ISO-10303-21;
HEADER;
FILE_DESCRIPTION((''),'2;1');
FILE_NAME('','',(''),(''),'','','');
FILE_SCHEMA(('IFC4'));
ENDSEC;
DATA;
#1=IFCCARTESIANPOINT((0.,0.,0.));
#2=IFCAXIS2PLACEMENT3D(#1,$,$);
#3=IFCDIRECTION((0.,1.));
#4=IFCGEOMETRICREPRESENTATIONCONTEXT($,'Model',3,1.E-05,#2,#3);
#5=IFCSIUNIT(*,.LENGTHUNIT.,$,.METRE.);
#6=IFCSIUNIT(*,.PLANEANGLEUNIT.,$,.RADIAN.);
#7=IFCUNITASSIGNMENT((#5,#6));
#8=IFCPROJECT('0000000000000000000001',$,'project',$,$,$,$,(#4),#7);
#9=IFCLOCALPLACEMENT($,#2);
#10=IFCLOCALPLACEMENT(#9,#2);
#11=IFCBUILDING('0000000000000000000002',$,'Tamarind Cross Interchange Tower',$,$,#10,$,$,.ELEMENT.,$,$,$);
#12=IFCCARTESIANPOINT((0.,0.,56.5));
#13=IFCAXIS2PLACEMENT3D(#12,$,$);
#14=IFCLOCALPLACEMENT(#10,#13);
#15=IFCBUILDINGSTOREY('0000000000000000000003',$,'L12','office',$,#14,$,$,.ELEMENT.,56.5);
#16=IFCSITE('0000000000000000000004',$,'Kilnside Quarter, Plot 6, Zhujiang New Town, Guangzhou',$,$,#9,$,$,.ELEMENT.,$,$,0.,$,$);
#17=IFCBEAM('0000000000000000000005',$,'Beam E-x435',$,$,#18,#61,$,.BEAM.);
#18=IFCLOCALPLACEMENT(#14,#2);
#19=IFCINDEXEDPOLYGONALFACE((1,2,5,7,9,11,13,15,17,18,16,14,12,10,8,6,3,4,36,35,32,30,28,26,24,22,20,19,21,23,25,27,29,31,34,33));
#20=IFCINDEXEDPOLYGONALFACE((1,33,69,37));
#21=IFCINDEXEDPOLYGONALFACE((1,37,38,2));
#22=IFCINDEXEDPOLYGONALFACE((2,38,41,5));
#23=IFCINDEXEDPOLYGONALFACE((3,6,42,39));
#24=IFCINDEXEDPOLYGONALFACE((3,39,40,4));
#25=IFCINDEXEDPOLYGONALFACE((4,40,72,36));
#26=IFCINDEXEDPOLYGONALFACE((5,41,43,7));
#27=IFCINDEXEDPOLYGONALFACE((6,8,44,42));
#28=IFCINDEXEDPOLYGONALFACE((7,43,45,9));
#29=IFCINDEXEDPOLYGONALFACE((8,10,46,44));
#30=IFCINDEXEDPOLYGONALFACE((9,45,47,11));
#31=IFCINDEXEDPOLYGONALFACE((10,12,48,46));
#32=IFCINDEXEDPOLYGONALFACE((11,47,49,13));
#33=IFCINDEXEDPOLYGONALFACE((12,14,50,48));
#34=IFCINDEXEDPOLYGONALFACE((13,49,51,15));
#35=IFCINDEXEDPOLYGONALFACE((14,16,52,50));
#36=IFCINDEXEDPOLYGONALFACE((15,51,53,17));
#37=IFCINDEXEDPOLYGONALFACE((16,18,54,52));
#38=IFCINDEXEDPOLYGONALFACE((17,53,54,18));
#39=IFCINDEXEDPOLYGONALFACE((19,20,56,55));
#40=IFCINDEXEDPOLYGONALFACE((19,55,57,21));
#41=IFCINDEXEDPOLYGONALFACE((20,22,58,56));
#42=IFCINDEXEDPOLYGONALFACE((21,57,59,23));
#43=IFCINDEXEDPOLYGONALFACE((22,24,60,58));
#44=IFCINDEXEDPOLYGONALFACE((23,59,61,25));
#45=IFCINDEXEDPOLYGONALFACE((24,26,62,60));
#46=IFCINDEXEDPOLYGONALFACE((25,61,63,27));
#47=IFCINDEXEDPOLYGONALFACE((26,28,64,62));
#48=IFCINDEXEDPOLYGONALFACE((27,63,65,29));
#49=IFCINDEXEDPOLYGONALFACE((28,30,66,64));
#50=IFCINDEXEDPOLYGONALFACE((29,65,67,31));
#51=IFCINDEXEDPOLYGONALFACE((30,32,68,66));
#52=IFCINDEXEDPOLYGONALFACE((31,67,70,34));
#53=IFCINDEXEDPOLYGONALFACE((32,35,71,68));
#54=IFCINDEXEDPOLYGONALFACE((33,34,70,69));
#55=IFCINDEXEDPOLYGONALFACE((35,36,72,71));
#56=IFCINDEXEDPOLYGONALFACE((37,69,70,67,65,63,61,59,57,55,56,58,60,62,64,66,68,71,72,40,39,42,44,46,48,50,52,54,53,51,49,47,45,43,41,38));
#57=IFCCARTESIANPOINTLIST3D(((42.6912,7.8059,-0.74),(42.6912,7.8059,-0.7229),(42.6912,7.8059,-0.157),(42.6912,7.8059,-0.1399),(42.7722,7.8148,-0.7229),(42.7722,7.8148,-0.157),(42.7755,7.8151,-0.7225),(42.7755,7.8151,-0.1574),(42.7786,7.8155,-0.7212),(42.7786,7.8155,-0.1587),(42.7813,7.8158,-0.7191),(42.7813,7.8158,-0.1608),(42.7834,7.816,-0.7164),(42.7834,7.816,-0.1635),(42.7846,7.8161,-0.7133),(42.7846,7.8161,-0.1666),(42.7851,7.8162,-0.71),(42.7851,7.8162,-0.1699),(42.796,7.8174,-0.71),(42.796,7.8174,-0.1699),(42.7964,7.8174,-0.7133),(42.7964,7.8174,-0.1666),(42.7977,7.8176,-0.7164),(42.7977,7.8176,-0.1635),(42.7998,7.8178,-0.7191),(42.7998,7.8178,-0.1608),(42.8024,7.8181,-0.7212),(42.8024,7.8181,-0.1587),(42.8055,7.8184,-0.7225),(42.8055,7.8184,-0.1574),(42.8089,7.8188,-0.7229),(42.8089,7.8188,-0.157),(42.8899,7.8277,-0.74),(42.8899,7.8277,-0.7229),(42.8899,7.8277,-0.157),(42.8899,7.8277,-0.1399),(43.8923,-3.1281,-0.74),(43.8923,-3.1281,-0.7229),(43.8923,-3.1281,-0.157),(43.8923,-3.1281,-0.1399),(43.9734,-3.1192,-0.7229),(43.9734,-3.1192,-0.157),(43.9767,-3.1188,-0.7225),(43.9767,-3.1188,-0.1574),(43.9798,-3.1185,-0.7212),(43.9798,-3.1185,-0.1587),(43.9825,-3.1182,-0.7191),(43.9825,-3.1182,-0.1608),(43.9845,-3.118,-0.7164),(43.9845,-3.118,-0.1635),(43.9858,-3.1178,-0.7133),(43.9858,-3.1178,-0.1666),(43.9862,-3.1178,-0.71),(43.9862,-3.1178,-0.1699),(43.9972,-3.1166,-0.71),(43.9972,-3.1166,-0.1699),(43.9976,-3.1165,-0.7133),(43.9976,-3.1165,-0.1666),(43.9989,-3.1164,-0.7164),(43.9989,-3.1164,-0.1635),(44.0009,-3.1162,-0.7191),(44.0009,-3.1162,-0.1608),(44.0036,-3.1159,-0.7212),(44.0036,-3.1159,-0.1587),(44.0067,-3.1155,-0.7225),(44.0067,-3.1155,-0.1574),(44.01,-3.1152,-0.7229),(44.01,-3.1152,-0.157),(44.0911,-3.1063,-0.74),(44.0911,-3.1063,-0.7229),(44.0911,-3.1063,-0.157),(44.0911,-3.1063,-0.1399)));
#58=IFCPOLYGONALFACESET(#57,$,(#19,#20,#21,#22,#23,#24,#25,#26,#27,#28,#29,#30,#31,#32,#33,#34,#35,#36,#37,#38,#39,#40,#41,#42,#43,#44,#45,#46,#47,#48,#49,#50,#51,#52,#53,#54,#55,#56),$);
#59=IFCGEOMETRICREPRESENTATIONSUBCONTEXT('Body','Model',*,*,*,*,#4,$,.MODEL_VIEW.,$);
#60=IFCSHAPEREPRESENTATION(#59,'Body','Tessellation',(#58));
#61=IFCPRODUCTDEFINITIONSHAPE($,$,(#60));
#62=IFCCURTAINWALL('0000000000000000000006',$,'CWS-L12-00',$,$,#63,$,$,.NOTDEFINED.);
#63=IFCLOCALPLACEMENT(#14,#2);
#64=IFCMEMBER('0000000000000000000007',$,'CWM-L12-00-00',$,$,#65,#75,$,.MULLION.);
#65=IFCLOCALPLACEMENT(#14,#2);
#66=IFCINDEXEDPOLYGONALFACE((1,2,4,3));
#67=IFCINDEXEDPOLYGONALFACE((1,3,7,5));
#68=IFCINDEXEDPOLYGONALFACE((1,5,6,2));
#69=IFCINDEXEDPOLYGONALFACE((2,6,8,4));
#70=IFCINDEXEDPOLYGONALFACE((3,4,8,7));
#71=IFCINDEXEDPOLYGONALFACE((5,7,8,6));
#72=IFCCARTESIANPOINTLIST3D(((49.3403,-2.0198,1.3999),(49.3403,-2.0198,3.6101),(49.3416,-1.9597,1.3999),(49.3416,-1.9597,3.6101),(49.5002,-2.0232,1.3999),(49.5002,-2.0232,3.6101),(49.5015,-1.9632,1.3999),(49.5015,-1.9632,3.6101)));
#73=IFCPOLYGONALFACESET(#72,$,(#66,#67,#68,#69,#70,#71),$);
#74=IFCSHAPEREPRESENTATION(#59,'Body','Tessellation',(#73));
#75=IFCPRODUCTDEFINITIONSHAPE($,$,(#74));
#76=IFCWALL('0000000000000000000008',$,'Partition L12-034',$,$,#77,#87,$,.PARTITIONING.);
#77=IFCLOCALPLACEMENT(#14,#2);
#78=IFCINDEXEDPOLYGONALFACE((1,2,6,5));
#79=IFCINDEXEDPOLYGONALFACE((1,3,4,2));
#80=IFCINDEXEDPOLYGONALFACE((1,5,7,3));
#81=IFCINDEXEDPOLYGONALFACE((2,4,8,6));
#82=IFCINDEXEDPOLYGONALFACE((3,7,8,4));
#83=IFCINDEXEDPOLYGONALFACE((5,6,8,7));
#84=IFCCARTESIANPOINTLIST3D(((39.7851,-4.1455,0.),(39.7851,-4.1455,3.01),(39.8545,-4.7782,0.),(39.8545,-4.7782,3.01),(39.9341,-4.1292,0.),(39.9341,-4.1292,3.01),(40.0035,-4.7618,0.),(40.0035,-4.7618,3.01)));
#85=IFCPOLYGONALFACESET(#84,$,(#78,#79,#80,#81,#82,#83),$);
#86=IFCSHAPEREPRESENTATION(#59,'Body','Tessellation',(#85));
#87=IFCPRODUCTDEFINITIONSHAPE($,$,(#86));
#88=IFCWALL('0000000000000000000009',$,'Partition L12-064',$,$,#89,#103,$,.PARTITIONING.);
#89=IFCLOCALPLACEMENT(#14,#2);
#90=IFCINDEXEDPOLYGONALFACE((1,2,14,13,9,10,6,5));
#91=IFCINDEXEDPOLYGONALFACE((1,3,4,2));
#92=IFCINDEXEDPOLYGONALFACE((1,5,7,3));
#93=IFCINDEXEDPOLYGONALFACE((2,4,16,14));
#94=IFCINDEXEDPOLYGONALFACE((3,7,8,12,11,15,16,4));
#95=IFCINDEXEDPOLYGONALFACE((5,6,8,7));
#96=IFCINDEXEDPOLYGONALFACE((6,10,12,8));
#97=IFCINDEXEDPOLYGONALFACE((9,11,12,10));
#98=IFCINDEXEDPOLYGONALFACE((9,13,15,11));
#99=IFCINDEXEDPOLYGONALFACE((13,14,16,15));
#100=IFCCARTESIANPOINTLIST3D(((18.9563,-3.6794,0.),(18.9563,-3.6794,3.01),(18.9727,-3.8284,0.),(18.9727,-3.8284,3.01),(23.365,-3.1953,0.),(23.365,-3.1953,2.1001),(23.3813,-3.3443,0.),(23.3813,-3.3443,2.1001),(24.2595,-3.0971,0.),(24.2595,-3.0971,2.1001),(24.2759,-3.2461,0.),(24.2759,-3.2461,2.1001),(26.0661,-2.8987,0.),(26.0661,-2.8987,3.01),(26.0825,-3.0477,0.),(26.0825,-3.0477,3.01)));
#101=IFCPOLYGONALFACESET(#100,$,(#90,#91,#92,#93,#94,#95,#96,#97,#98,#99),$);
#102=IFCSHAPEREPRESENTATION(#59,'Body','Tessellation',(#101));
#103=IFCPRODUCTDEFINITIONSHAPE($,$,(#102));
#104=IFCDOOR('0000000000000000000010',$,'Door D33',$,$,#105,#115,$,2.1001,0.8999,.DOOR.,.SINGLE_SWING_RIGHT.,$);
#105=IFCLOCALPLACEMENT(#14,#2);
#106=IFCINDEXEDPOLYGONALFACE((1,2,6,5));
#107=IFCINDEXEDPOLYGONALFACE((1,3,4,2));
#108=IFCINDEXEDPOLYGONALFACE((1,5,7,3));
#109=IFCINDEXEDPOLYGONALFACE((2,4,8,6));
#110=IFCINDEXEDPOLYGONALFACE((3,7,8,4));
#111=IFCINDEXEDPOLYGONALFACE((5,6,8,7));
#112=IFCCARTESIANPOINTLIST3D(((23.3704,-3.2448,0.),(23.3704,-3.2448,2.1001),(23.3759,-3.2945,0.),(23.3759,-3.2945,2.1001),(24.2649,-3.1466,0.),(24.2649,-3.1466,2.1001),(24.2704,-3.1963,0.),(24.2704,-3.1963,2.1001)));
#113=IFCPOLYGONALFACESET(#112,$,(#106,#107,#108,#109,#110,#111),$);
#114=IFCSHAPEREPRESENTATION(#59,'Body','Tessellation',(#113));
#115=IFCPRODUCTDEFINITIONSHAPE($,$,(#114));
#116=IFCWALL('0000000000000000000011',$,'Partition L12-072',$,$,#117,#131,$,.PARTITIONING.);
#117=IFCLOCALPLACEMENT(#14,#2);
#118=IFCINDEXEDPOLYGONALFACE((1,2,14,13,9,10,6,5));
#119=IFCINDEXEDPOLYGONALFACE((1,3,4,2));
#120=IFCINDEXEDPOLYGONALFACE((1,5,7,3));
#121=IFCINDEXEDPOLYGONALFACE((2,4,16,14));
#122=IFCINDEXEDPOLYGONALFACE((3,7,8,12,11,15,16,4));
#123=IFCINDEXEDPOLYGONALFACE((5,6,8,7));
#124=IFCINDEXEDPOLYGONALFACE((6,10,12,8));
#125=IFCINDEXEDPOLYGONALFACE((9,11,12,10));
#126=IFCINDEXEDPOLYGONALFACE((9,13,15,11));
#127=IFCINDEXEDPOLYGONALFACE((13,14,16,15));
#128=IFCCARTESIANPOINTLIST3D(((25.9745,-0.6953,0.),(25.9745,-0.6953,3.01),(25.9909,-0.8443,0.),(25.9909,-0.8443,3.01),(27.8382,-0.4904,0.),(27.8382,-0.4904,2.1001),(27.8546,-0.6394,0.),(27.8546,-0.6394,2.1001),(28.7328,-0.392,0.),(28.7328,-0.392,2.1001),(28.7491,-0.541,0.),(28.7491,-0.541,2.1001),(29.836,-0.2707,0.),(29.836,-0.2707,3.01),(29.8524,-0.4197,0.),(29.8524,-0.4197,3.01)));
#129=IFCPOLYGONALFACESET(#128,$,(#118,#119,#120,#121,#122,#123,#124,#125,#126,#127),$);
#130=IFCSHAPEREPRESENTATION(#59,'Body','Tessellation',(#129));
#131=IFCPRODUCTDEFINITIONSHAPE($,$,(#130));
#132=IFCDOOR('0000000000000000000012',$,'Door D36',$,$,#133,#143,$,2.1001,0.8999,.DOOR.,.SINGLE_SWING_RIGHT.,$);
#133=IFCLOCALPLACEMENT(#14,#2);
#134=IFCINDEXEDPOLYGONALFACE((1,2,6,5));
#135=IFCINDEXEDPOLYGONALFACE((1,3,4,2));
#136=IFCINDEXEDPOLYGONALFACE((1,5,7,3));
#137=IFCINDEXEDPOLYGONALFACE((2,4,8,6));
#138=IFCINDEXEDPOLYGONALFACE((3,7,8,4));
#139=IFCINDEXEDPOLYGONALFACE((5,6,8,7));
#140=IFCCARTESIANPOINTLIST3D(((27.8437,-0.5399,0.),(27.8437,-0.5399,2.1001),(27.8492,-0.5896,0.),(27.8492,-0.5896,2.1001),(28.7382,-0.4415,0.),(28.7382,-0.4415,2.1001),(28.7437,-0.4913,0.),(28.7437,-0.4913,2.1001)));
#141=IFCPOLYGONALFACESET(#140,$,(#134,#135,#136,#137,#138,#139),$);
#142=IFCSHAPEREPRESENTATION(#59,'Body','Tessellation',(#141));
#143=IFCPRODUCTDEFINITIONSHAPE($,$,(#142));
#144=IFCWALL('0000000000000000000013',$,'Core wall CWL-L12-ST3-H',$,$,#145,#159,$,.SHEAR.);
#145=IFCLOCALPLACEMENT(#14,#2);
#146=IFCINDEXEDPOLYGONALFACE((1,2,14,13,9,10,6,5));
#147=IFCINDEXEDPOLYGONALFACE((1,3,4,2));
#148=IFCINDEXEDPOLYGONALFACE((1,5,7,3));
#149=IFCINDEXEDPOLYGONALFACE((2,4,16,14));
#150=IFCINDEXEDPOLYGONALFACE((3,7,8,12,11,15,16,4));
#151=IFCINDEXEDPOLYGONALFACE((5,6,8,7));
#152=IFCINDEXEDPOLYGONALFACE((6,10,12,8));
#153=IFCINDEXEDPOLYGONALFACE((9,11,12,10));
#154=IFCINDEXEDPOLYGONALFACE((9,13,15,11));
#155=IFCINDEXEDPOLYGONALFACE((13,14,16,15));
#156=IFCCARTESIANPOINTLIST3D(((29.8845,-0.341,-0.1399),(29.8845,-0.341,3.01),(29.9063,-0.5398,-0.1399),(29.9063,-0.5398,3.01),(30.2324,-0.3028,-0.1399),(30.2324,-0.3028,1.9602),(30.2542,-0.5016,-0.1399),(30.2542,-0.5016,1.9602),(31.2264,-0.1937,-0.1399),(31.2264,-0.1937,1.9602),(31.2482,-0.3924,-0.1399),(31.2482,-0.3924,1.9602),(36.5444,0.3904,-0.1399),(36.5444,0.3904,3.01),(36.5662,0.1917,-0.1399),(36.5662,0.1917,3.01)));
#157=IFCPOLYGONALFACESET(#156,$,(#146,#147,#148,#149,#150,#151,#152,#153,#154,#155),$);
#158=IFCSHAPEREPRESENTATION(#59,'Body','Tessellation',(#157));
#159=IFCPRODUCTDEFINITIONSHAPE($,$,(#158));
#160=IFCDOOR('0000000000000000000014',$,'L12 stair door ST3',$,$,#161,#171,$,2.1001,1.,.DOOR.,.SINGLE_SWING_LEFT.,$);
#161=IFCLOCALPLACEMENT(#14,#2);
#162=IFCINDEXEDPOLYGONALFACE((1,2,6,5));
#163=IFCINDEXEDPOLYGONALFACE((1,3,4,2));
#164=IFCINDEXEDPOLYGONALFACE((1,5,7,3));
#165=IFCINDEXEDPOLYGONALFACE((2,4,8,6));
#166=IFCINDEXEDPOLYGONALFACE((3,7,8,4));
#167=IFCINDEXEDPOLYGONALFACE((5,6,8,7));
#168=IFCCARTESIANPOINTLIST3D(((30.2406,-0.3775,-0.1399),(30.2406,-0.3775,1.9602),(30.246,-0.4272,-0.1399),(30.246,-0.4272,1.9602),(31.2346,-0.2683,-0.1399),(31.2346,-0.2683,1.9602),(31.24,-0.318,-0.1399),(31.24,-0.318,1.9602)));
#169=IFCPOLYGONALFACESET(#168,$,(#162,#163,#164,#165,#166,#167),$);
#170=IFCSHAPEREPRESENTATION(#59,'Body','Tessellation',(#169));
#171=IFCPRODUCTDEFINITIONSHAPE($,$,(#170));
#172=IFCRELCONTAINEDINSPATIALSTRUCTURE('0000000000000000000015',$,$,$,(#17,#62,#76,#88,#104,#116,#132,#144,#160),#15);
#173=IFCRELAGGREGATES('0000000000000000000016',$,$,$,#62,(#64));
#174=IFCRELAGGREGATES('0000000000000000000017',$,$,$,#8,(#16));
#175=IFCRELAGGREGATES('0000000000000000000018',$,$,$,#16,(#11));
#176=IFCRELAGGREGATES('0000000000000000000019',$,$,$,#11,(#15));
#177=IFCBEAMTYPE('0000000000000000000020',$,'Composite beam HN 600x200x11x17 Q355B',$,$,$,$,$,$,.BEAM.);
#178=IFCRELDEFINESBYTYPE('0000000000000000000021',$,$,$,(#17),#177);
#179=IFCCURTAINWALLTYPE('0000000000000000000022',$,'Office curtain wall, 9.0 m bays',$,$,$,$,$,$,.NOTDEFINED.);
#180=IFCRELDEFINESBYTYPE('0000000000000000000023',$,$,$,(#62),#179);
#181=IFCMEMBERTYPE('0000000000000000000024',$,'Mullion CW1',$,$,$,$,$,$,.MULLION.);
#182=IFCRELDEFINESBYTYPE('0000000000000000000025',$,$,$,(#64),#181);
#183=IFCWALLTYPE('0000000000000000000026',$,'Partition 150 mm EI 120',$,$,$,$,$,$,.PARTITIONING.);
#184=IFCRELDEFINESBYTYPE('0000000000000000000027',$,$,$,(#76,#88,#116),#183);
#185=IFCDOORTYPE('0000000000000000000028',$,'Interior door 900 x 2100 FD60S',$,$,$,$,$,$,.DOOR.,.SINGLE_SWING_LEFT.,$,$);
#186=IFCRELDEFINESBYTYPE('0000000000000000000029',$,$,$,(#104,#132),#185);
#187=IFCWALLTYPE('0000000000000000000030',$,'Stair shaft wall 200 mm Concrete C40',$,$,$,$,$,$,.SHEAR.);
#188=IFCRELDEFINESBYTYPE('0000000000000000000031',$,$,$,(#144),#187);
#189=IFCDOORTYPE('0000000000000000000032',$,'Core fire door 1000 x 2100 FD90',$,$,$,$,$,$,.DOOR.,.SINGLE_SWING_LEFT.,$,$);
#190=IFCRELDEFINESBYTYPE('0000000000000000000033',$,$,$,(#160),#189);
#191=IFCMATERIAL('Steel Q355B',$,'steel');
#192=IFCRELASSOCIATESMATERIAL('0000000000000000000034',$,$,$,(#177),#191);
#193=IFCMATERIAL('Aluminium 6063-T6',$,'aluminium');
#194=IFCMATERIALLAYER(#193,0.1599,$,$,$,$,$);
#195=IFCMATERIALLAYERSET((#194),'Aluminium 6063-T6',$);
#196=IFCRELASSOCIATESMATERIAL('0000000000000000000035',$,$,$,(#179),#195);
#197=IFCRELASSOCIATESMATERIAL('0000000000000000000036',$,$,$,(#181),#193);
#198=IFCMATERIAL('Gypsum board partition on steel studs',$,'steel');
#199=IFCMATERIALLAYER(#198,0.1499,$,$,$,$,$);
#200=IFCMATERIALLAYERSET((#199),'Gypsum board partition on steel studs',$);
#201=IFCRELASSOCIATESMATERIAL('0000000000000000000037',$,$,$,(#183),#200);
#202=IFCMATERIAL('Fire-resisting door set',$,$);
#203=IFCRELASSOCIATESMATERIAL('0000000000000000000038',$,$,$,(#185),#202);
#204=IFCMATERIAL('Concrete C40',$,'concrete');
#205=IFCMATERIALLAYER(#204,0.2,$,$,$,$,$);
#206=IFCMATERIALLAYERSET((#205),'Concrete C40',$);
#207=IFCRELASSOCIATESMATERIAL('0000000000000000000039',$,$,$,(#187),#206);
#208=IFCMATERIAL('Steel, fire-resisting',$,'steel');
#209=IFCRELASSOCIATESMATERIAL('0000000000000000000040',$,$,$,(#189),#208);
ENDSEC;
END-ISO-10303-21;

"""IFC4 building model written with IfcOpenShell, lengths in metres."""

from ifc_helpers import new_model, si_unit, direction, frame, frame_2d, origin, origin_2d, place, context, subcontext, project, spatial, rectangle, i_section, extrude, material, layer, layer_set, material_profile, profile_set, type_object, element, fill, aggregate, save


model = new_model("IFC4")

# Units and contexts
model_context = context("Model", 3, precision=1e-05, world=origin(), true_north=direction((0.0, 1.0)))
body_context = subcontext(model_context, "Body", "Model", "MODEL_VIEW")
ifc_project = project(units=[si_unit("LENGTHUNIT", "METRE"), si_unit("PLANEANGLEUNIT", "RADIAN")], contexts=[model_context])

# Site, building, storey
site_placement = place(None, origin())
site = spatial("IfcSite", under=ifc_project, at=site_placement, Name="Kilnside Quarter, Plot 6, Zhujiang New Town, Guangzhou", CompositionType="ELEMENT", RefElevation=0.0)
building_placement = place(site_placement, origin())
building = spatial("IfcBuilding", under=site, at=building_placement, Name="Tamarind Cross Interchange Tower", CompositionType="ELEMENT")
storey_placement = place(building_placement, frame((0.0, 0.0, 56.5)))
storey = spatial("IfcBuildingStorey", under=building, at=storey_placement, Name="L12", Description="office", CompositionType="ELEMENT", Elevation=56.5)

# Beam
ifc_material_1 = material(Name="Steel Q355B", Category="steel")
ifc_material_profile_1 = material_profile(ifc_material_1, i_section(OverallWidth=0.2, OverallDepth=0.6001, WebThickness=0.011, FlangeThickness=0.0171, FilletRadius=0.0129, at=origin_2d()), Name="HN 600x200x11x17")
ifc_profile_set_1 = profile_set([ifc_material_profile_1], Name="Steel Q355B")
beam_type_1 = type_object("IfcBeamType", Name="Composite beam HN 600x200x11x17 Q355B", PredefinedType="BEAM", material=ifc_profile_set_1)
beam_1_placement = place(storey_placement, frame((43.9917, -3.1172, -0.4399), z_axis=(-0.109199, 0.99402, 0.0), x_axis=(-0.99402, -0.109199, 0.0)))
element("IfcBeam", 1, at=beam_1_placement, inside=storey, type_object=beam_type_1, Name="Beam E-x435", PredefinedType="BEAM", context=body_context, shape_type="SweptSolid", body=[
    extrude(i_section(OverallWidth=0.2, OverallDepth=0.6001, WebThickness=0.011, FlangeThickness=0.0171, FilletRadius=0.0129, at=origin_2d()), origin(), (0.0, 0.0, 1.0), 10.9998),
])

# Curtain wall, member
ifc_material_2 = material(Name="Aluminium 6063-T6", Category="aluminium")
ifc_layer_1 = layer(ifc_material_2, 0.1599)
ifc_layer_set_1 = layer_set([ifc_layer_1], Name="Aluminium 6063-T6")
curtain_wall_type = type_object("IfcCurtainWallType", Name="Office curtain wall, 9.0 m bays", PredefinedType="NOTDEFINED", material=ifc_layer_set_1)
curtain_wall_placement = place(storey_placement, origin())
curtain_wall = element("IfcCurtainWall", 2, at=curtain_wall_placement, inside=storey, type_object=curtain_wall_type, Name="CWS-L12-00", PredefinedType="NOTDEFINED")
ifc_material_profile_2 = material_profile(ifc_material_2, rectangle(XDim=0.0601, YDim=0.1599, at=origin_2d()), Name="Mullion CW1")
ifc_profile_set_2 = profile_set([ifc_material_profile_2], Name="Aluminium 6063-T6")
member_type = type_object("IfcMemberType", Name="Mullion CW1", PredefinedType="MULLION", material=ifc_profile_set_2)
member_placement = place(storey_placement, frame((49.4209, -1.9915, 1.3999), z_axis=(0.0, 0.0, 1.0), x_axis=(0.021487, 0.999769, 0.0)))
member = element("IfcMember", 3, at=member_placement, type_object=member_type, Name="CWM-L12-00-00", PredefinedType="MULLION", context=body_context, shape_type="SweptSolid", body=[
    extrude(rectangle(XDim=0.0601, YDim=0.1599, at=origin_2d()), origin(), (0.0, 0.0, 1.0), 2.2102),
])
aggregate(curtain_wall, [member])

# Wall
ifc_material_3 = material(Name="Gypsum board partition on steel studs", Category="steel")
ifc_layer_2 = layer(ifc_material_3, 0.1499)
ifc_layer_set_2 = layer_set([ifc_layer_2], Name="Gypsum board partition on steel studs")
wall_type_1 = type_object("IfcWallType", Name="Partition 150 mm EI 120", PredefinedType="PARTITIONING", material=ifc_layer_set_2)
wall_1_placement = place(storey_placement, frame((39.8596, -4.1372, 0.0), z_axis=(0.0, 0.0, 1.0), x_axis=(0.108958, -0.994046, 0.0)))
element("IfcWall", 4, at=wall_1_placement, inside=storey, type_object=wall_type_1, Name="Partition L12-034", PredefinedType="PARTITIONING", context=body_context, shape_type="SweptSolid", body=[
    extrude(rectangle(XDim=0.6365, YDim=0.1499, at=frame_2d((0.3184, 0.0))), origin(), (0.0, 0.0, 1.0), 3.01),
])

# Walls, openings, doors
wall_2_placement = place(storey_placement, frame((18.9646, -3.7539, 0.0), z_axis=(0.0, 0.0, 1.0), x_axis=(0.994024, 0.109158, 0.0)))
wall_2 = element("IfcWall", 5, at=wall_2_placement, inside=storey, type_object=wall_type_1, Name="Partition L12-064", PredefinedType="PARTITIONING", context=body_context, shape_type="SweptSolid", body=[
    extrude(rectangle(XDim=7.1526, YDim=0.1499, at=frame_2d((3.5762, 0.0))), origin(), (0.0, 0.0, 1.0), 3.01),
])
opening_1_placement = place(wall_2_placement, frame((4.4351, 0.0, 0.0)))
opening_1 = element("IfcOpeningElement", 6, at=opening_1_placement, cuts=wall_2, PredefinedType="OPENING", context=body_context, shape_type="SweptSolid", body=[
    extrude(rectangle(XDim=0.8999, YDim=2.1001, at=frame_2d((0.45, 1.05))), frame((0.0, 0.085, 0.0), z_axis=(0.0, -1.0, 0.0), x_axis=(1.0, 0.0, 0.0)), (0.0, 0.0, 1.0), 0.1699),
])
ifc_material_4 = material(Name="Fire-resisting door set")
door_type_1 = type_object("IfcDoorType", Name="Interior door 900 x 2100 FD60S", OperationType="SINGLE_SWING_LEFT", PredefinedType="DOOR", material=ifc_material_4)
door_1_placement = place(opening_1_placement, frame((0.8999, 0.0, 0.0), z_axis=(0.0, 0.0, 1.0), x_axis=(-1.0, 0.0, 0.0)))
door_1 = element("IfcDoor", 7, at=door_1_placement, inside=storey, type_object=door_type_1, Name="Door D33", OperationType="SINGLE_SWING_RIGHT", OverallHeight=2.1001, OverallWidth=0.8999, PredefinedType="DOOR", context=body_context, shape_type="SweptSolid", body=[
    extrude(rectangle(XDim=0.8999, YDim=2.1001, at=frame_2d((0.45, 1.05))), frame((0.0, 0.0249, 0.0), z_axis=(0.0, -1.0, 0.0), x_axis=(1.0, 0.0, 0.0)), (0.0, 0.0, 1.0), 0.05),
])
fill(opening_1, door_1)
wall_3_placement = place(storey_placement, frame((25.9827, -0.7698, 0.0), z_axis=(0.0, 0.0, 1.0), x_axis=(0.99401, 0.109286, 0.0)))
wall_3 = element("IfcWall", 8, at=wall_3_placement, inside=storey, type_object=wall_type_1, Name="Partition L12-072", PredefinedType="PARTITIONING", context=body_context, shape_type="SweptSolid", body=[
    extrude(rectangle(XDim=3.8848, YDim=0.1499, at=frame_2d((1.9424, 0.0))), origin(), (0.0, 0.0, 1.0), 3.01),
])
opening_2_placement = place(wall_3_placement, frame((1.875, 0.0, 0.0)))
opening_2 = element("IfcOpeningElement", 9, at=opening_2_placement, cuts=wall_3, PredefinedType="OPENING", context=body_context, shape_type="SweptSolid", body=[
    extrude(rectangle(XDim=0.8999, YDim=2.1001, at=frame_2d((0.45, 1.05))), frame((0.0, 0.085, 0.0), z_axis=(0.0, -1.0, 0.0), x_axis=(1.0, 0.0, 0.0)), (0.0, 0.0, 1.0), 0.1699),
])
door_2_placement = place(opening_2_placement, frame((0.8999, 0.0, 0.0), z_axis=(0.0, 0.0, 1.0), x_axis=(-1.0, 0.0, 0.0)))
door_2 = element("IfcDoor", 10, at=door_2_placement, inside=storey, type_object=door_type_1, Name="Door D36", OperationType="SINGLE_SWING_RIGHT", OverallHeight=2.1001, OverallWidth=0.8999, PredefinedType="DOOR", context=body_context, shape_type="SweptSolid", body=[
    extrude(rectangle(XDim=0.8999, YDim=2.1001, at=frame_2d((0.45, 1.05))), frame((0.0, 0.0249, 0.0), z_axis=(0.0, -1.0, 0.0), x_axis=(1.0, 0.0, 0.0)), (0.0, 0.0, 1.0), 0.05),
])
fill(opening_2, door_2)
ifc_material_5 = material(Name="Concrete C40", Category="concrete")
ifc_layer_3 = layer(ifc_material_5, 0.2)
ifc_layer_set_3 = layer_set([ifc_layer_3], Name="Concrete C40")
wall_type_2 = type_object("IfcWallType", Name="Stair shaft wall 200 mm Concrete C40", PredefinedType="SHEAR", material=ifc_layer_set_3)
wall_4_placement = place(storey_placement, frame((29.8953, -0.4404, -0.1399), z_axis=(0.0, 0.0, 1.0), x_axis=(0.994023, 0.109172, 0.0)))
wall_4 = element("IfcWall", 11, at=wall_4_placement, inside=storey, type_object=wall_type_2, Name="Core wall CWL-L12-ST3-H", PredefinedType="SHEAR", context=body_context, shape_type="SweptSolid", body=[
    extrude(rectangle(XDim=6.7, YDim=0.2, at=frame_2d((3.3501, 0.0))), origin(), (0.0, 0.0, 1.0), 3.1499),
])
opening_3_placement = place(wall_4_placement, frame((0.3501, 0.0, 0.0)))
opening_3 = element("IfcOpeningElement", 12, at=opening_3_placement, cuts=wall_4, PredefinedType="OPENING", context=body_context, shape_type="SweptSolid", body=[
    extrude(rectangle(XDim=1.0, YDim=2.1001, at=frame_2d((0.5, 1.05))), frame((0.0, 0.1099, 0.0), z_axis=(0.0, -1.0, 0.0), x_axis=(1.0, 0.0, 0.0)), (0.0, 0.0, 1.0), 0.22),
])
ifc_material_6 = material(Name="Steel, fire-resisting", Category="steel")
door_type_2 = type_object("IfcDoorType", Name="Core fire door 1000 x 2100 FD90", OperationType="SINGLE_SWING_LEFT", PredefinedType="DOOR", material=ifc_material_6)
door_3_placement = place(opening_3_placement, origin())
door_3 = element("IfcDoor", 13, at=door_3_placement, inside=storey, type_object=door_type_2, Name="L12 stair door ST3", OperationType="SINGLE_SWING_LEFT", OverallHeight=2.1001, OverallWidth=1.0, PredefinedType="DOOR", context=body_context, shape_type="SweptSolid", body=[
    extrude(rectangle(XDim=1.0, YDim=2.1001, at=frame_2d((0.5, 1.05))), frame((0.0, 0.0249, 0.0), z_axis=(0.0, -1.0, 0.0), x_axis=(1.0, 0.0, 0.0)), (0.0, 0.0, 1.0), 0.05),
])
fill(opening_3, door_3)

save(model, "model.ifc")
